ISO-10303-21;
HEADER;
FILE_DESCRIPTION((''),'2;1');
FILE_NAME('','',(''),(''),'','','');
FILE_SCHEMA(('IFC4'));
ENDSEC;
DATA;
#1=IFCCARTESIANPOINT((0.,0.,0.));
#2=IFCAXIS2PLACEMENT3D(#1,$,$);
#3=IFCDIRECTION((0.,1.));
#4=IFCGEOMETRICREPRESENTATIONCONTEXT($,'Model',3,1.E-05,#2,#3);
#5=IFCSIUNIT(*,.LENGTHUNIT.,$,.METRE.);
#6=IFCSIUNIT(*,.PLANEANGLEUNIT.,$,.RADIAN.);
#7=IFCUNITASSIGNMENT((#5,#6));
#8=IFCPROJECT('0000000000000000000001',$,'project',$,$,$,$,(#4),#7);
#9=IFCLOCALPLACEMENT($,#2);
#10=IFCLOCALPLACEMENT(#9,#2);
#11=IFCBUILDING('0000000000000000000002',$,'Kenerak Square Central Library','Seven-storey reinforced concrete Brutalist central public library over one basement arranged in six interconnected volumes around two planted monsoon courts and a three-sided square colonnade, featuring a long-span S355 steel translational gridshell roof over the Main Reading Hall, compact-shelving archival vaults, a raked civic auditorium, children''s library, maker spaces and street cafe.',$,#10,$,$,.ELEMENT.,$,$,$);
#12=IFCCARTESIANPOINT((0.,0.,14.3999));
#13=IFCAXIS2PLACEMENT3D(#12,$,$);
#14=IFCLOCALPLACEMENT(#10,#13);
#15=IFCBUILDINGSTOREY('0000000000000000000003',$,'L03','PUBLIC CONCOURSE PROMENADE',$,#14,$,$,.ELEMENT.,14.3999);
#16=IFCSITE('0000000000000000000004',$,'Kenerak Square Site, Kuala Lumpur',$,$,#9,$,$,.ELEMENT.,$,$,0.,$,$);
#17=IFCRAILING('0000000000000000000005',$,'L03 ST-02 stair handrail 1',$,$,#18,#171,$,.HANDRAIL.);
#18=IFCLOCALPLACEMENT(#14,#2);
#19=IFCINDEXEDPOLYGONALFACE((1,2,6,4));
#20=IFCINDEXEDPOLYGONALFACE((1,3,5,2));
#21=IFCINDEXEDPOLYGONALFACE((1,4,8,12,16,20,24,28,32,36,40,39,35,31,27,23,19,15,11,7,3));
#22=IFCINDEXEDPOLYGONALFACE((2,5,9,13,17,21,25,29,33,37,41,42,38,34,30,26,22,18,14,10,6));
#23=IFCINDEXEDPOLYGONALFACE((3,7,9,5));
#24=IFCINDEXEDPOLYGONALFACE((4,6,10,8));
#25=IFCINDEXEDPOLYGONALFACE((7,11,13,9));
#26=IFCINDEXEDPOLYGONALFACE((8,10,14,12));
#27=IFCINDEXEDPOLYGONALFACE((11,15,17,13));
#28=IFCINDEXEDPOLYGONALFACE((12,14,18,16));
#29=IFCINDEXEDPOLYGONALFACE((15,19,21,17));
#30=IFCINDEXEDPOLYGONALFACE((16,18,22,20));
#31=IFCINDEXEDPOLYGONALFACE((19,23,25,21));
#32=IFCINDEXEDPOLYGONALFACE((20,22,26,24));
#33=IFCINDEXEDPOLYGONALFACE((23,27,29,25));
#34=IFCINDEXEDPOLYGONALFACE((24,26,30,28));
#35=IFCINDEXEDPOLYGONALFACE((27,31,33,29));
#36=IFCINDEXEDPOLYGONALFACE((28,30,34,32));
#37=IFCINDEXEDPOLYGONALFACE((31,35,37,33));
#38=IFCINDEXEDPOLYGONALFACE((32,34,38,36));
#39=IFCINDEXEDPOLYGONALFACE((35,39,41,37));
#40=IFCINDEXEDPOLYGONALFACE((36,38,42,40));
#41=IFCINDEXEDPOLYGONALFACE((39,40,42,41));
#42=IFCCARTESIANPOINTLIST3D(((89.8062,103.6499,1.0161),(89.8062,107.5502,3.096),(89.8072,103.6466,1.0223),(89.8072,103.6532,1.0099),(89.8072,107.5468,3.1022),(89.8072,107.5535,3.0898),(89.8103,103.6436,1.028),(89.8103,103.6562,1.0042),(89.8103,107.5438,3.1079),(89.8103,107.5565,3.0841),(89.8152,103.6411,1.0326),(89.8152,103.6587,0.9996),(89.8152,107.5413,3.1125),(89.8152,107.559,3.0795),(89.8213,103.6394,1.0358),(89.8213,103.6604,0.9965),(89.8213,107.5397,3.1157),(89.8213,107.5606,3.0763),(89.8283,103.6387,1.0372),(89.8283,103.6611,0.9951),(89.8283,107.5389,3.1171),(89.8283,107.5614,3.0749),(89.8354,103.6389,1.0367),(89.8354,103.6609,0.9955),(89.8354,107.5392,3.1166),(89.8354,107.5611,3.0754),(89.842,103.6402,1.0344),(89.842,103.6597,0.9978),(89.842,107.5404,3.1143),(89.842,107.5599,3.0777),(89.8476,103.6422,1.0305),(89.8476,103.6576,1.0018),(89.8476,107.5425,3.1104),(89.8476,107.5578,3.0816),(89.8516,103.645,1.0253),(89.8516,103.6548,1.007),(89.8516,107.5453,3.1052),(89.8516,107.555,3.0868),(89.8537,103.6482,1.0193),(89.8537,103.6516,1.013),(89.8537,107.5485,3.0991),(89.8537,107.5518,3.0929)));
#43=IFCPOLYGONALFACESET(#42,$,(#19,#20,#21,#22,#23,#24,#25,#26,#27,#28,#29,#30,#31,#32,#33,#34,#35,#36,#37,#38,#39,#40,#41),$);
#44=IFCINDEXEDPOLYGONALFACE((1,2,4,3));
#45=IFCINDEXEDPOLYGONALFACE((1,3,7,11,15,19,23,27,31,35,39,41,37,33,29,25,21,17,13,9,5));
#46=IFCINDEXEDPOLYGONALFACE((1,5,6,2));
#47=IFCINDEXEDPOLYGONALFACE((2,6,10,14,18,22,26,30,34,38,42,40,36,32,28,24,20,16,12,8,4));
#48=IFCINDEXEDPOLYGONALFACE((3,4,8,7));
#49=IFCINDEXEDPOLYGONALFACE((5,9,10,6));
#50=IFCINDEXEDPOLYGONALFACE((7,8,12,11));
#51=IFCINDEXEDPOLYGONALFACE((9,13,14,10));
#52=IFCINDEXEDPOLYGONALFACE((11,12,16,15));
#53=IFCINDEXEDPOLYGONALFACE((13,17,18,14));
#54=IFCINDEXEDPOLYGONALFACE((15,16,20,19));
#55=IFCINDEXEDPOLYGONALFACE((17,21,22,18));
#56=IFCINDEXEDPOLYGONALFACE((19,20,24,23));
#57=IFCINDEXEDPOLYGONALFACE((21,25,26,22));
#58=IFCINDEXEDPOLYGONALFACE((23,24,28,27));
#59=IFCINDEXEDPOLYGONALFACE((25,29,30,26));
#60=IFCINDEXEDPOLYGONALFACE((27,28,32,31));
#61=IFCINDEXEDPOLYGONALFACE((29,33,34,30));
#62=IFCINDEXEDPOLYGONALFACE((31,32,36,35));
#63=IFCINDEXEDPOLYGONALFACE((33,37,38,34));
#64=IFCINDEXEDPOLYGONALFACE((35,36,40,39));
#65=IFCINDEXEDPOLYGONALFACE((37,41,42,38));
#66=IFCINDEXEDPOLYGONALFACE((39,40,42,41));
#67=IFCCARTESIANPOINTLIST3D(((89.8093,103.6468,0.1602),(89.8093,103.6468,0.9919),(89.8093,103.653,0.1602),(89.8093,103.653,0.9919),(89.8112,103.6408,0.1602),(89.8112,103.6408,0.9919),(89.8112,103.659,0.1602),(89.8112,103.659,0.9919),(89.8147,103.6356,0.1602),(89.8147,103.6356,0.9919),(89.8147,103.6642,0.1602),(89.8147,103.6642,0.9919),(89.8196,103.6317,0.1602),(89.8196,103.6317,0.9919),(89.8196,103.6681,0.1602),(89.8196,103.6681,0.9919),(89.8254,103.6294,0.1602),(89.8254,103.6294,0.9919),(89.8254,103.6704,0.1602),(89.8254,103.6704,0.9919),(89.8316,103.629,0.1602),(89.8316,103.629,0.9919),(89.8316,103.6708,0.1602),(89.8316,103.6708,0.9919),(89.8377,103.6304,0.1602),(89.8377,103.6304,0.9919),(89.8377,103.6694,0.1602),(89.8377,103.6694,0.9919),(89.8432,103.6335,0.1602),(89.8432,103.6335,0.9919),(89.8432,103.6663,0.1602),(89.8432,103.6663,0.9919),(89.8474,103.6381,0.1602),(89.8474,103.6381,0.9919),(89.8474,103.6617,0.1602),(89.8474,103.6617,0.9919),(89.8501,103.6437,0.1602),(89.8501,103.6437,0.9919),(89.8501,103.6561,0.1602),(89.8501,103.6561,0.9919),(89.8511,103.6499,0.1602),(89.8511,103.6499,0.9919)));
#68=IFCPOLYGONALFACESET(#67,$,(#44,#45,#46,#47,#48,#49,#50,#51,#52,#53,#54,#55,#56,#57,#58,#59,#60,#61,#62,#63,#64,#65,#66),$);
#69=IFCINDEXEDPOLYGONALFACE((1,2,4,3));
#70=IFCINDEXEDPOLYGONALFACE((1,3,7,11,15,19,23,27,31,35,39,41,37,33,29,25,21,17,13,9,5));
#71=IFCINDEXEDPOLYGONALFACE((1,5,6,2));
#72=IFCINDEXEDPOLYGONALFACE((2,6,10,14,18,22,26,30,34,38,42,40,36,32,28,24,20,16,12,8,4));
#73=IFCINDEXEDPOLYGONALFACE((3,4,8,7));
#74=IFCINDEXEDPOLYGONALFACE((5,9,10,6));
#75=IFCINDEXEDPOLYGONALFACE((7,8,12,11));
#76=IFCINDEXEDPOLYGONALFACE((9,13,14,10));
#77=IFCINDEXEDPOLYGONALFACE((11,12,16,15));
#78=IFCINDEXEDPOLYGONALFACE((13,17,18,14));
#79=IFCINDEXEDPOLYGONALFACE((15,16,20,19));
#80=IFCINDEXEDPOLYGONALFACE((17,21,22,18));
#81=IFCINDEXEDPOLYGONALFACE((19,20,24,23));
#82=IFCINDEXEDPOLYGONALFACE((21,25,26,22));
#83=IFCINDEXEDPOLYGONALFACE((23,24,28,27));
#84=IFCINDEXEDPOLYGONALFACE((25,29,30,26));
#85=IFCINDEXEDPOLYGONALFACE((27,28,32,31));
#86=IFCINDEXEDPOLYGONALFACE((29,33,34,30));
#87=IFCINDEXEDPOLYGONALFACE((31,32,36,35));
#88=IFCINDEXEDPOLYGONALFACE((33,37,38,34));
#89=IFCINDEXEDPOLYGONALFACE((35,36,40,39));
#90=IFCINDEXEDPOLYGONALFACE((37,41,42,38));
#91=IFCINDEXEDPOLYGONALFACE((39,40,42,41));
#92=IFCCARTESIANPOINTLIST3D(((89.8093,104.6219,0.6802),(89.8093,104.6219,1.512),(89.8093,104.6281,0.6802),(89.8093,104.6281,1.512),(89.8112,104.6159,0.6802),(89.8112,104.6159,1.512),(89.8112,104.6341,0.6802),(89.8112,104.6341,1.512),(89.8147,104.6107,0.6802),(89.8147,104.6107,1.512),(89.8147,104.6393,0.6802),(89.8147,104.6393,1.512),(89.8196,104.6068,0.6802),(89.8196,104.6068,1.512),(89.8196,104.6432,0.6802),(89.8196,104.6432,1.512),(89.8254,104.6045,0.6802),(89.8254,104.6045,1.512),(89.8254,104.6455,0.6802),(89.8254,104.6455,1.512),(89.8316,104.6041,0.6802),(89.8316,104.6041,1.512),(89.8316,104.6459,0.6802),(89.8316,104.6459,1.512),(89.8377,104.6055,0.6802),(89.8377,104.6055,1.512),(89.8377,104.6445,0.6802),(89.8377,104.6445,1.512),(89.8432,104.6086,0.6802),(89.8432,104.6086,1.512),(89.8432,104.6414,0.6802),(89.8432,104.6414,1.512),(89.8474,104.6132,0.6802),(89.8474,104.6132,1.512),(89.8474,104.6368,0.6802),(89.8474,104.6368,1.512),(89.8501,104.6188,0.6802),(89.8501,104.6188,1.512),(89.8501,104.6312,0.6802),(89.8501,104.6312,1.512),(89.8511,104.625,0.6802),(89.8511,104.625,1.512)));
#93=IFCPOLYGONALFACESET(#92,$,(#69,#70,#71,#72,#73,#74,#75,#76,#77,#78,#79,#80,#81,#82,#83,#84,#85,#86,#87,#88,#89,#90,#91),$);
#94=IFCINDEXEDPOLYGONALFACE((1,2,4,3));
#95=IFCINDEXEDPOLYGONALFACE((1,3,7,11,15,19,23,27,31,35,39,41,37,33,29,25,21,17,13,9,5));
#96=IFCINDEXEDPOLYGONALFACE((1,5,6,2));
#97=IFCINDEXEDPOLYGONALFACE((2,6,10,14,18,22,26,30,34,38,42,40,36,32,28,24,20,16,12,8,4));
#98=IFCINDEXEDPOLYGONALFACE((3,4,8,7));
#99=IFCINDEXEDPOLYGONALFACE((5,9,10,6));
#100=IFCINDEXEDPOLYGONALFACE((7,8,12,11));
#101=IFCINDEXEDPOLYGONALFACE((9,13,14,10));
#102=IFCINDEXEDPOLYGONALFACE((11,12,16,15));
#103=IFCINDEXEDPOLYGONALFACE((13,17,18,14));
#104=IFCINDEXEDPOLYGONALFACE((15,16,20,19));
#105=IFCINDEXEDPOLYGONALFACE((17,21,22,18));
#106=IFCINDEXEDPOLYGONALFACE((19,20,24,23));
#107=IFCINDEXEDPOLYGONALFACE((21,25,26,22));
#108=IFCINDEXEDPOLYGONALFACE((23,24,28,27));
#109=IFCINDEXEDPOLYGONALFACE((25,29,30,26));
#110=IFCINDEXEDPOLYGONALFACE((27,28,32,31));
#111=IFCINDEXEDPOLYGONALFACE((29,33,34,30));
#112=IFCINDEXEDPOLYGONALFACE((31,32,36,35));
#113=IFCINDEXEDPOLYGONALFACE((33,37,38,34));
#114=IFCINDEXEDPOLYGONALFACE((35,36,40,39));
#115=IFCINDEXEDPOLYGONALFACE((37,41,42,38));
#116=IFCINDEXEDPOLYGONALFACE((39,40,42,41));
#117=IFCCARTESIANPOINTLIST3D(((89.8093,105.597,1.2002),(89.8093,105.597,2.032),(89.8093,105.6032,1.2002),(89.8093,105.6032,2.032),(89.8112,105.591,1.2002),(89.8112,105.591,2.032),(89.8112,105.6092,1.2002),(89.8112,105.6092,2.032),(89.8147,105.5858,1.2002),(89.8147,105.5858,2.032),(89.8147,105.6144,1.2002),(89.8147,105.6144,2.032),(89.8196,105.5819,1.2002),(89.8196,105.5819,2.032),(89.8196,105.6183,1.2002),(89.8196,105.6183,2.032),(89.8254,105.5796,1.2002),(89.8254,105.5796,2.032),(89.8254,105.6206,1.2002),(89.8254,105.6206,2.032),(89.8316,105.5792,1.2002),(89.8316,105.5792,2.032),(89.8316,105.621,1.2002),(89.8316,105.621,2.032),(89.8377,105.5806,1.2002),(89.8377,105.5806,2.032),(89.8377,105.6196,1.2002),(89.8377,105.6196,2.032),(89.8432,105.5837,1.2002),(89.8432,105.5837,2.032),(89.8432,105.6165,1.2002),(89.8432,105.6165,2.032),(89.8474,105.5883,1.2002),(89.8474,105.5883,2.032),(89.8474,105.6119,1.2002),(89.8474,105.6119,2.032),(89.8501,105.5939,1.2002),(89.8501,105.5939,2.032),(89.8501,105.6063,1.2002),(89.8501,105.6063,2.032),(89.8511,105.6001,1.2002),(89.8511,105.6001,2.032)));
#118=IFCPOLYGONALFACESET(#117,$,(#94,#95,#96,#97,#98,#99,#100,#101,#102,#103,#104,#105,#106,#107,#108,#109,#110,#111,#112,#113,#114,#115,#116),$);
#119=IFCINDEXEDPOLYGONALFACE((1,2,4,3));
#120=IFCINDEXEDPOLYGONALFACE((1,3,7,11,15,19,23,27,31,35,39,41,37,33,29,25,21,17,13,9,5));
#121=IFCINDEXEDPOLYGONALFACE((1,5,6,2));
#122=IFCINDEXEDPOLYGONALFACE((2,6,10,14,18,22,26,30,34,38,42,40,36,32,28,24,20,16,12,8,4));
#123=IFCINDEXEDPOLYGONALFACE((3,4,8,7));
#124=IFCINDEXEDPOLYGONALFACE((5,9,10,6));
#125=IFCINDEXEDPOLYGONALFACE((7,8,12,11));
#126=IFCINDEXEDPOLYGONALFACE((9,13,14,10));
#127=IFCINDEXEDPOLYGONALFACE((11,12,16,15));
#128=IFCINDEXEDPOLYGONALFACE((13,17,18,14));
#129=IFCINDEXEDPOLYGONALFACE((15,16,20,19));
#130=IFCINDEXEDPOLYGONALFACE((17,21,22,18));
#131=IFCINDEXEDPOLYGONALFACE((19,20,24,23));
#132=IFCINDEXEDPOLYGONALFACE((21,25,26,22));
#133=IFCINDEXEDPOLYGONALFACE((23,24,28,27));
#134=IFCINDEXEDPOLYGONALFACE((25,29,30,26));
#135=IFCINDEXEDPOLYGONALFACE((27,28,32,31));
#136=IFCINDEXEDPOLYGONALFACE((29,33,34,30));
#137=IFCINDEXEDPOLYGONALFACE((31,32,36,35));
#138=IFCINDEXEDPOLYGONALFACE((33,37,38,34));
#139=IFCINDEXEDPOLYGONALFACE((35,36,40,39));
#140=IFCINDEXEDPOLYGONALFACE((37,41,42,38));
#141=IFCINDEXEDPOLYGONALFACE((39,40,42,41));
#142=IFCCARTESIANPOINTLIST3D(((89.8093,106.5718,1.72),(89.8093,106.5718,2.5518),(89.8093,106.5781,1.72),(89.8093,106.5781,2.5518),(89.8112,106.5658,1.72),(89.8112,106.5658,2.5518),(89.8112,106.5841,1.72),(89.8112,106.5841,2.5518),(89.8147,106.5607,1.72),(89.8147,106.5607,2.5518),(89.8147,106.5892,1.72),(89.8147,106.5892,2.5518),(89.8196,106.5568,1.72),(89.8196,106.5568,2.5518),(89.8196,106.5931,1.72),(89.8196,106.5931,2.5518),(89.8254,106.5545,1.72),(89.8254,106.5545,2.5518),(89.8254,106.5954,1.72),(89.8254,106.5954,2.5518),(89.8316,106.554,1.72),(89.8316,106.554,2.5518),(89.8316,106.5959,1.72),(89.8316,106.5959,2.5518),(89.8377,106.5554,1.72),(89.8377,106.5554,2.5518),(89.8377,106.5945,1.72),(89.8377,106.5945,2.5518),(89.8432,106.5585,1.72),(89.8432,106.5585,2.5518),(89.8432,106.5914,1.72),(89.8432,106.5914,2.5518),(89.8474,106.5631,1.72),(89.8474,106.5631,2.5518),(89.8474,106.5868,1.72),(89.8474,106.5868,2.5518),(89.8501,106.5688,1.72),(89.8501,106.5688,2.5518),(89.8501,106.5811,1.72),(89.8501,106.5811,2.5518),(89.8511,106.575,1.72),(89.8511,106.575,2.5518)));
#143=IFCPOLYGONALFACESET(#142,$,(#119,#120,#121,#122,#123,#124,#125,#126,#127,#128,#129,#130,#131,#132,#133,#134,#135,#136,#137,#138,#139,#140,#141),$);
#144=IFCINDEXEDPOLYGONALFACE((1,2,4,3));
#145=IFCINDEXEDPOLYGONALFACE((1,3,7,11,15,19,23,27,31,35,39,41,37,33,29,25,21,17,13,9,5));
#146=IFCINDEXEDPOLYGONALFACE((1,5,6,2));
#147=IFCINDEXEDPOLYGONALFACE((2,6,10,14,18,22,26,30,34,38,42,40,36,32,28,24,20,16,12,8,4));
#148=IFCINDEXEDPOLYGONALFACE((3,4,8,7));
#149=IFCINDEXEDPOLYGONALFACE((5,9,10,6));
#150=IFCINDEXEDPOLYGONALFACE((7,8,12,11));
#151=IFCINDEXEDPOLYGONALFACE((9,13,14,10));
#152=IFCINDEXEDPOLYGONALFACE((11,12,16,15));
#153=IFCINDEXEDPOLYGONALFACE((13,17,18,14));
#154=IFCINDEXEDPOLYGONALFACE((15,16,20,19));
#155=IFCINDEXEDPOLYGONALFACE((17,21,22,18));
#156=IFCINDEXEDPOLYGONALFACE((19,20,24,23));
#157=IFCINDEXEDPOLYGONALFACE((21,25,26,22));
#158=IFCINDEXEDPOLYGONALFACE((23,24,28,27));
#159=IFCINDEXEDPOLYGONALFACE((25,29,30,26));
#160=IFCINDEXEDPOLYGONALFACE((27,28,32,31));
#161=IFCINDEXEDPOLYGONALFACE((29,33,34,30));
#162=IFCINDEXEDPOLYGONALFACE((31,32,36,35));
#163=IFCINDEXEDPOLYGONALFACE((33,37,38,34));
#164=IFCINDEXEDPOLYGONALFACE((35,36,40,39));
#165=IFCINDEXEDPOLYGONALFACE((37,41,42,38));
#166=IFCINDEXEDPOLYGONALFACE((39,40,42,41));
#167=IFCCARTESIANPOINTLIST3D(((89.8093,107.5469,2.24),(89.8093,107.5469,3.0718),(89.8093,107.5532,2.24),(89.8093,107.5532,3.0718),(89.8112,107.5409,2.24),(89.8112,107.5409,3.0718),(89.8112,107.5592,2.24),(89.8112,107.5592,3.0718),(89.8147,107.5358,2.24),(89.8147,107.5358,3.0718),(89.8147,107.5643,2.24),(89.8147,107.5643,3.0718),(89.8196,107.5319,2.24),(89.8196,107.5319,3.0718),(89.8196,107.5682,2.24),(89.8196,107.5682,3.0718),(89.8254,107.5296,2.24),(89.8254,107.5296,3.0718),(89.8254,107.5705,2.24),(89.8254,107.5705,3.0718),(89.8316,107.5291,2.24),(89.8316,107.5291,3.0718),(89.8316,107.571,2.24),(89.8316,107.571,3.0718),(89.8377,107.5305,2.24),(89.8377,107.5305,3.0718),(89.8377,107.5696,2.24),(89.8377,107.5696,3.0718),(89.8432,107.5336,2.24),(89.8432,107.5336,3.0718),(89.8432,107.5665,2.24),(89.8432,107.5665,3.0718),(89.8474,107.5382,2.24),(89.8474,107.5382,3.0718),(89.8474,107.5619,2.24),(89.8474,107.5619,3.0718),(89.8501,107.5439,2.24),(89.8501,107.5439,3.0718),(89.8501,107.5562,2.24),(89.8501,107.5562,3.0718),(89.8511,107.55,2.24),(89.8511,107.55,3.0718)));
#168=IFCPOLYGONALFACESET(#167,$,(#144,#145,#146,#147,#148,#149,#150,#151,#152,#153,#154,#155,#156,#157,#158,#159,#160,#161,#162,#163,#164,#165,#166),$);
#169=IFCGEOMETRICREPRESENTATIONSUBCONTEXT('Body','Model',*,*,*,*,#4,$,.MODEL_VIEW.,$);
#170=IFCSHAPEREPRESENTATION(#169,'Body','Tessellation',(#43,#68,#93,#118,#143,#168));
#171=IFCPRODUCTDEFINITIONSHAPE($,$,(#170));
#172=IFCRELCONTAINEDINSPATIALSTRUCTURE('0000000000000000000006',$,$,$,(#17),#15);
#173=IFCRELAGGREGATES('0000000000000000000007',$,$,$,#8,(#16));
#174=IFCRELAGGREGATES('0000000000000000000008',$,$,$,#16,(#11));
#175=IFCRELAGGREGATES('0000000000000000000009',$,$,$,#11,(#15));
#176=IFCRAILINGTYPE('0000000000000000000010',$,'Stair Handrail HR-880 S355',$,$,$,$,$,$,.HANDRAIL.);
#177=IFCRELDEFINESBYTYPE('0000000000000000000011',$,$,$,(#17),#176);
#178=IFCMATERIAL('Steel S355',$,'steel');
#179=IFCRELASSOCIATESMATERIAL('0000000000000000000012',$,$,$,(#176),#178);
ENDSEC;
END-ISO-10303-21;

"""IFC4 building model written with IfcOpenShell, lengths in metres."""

from ifc_helpers import new_model, si_unit, direction, frame, origin, origin_2d, place, context, subcontext, project, spatial, circle, extrude, material, type_object, element, save


model = new_model("IFC4")

# Units and contexts
model_context = context("Model", 3, precision=1e-05, world=origin(), true_north=direction((0.0, 1.0)))
body_context = subcontext(model_context, "Body", "Model", "MODEL_VIEW")
ifc_project = project(units=[si_unit("LENGTHUNIT", "METRE"), si_unit("PLANEANGLEUNIT", "RADIAN")], contexts=[model_context])

# Site, building, storey
site_placement = place(None, origin())
site = spatial("IfcSite", under=ifc_project, at=site_placement, Name="Kenerak Square Site, Kuala Lumpur", CompositionType="ELEMENT", RefElevation=0.0)
building_placement = place(site_placement, origin())
building = spatial("IfcBuilding", under=site, at=building_placement, Name="Kenerak Square Central Library", Description="Seven-storey reinforced concrete Brutalist central public library over one basement arranged in six interconnected volumes around two planted monsoon courts and a three-sided square colonnade, featuring a long-span S355 steel translational gridshell roof over the Main Reading Hall, compact-shelving archival vaults, a raked civic auditorium, children's library, maker spaces and street cafe.", CompositionType="ELEMENT")
storey_placement = place(building_placement, frame((0.0, 0.0, 14.3999)))
storey = spatial("IfcBuildingStorey", under=building, at=storey_placement, Name="L03", Description="PUBLIC CONCOURSE PROMENADE", CompositionType="ELEMENT", Elevation=14.3999)

# Shared definitions
ifc_material_1 = material(Name="Steel S355", Category="steel")

# Railing
railing_type_1 = type_object("IfcRailingType", Name="Stair Handrail HR-880 S355", PredefinedType="HANDRAIL", material=ifc_material_1)
railing_1_placement = place(storey_placement, frame((89.8301, 103.6499, 0.1602)))
element("IfcRailing", 1, at=railing_1_placement, inside=storey, type_object=railing_type_1, Name="L03 ST-02 stair handrail 1", PredefinedType="HANDRAIL", context=body_context, shape_type="SweptSolid", body=[
    extrude(circle(Radius=0.0239, at=origin_2d()), frame((0.0, 0.0, 0.856), z_axis=(0.0, 0.882376, 0.470545), x_axis=(-1.0, 0.0, 0.0)), (0.0, 0.0, 1.0), 4.4202),
    extrude(circle(Radius=0.021, at=origin_2d()), origin(), (0.0, 0.0, 1.0), 0.8318),
    extrude(circle(Radius=0.021, at=origin_2d()), frame((0.0, 0.9751, 0.52)), (0.0, 0.0, 1.0), 0.8318),
    extrude(circle(Radius=0.021, at=origin_2d()), frame((0.0, 1.9502, 1.04)), (0.0, 0.0, 1.0), 0.8318),
    extrude(circle(Radius=0.021, at=origin_2d()), frame((0.0, 2.925, 1.5598)), (0.0, 0.0, 1.0), 0.8318),
    extrude(circle(Radius=0.021, at=origin_2d()), frame((0.0, 3.9001, 2.0798)), (0.0, 0.0, 1.0), 0.8318),
])

save(model, "model.ifc")
